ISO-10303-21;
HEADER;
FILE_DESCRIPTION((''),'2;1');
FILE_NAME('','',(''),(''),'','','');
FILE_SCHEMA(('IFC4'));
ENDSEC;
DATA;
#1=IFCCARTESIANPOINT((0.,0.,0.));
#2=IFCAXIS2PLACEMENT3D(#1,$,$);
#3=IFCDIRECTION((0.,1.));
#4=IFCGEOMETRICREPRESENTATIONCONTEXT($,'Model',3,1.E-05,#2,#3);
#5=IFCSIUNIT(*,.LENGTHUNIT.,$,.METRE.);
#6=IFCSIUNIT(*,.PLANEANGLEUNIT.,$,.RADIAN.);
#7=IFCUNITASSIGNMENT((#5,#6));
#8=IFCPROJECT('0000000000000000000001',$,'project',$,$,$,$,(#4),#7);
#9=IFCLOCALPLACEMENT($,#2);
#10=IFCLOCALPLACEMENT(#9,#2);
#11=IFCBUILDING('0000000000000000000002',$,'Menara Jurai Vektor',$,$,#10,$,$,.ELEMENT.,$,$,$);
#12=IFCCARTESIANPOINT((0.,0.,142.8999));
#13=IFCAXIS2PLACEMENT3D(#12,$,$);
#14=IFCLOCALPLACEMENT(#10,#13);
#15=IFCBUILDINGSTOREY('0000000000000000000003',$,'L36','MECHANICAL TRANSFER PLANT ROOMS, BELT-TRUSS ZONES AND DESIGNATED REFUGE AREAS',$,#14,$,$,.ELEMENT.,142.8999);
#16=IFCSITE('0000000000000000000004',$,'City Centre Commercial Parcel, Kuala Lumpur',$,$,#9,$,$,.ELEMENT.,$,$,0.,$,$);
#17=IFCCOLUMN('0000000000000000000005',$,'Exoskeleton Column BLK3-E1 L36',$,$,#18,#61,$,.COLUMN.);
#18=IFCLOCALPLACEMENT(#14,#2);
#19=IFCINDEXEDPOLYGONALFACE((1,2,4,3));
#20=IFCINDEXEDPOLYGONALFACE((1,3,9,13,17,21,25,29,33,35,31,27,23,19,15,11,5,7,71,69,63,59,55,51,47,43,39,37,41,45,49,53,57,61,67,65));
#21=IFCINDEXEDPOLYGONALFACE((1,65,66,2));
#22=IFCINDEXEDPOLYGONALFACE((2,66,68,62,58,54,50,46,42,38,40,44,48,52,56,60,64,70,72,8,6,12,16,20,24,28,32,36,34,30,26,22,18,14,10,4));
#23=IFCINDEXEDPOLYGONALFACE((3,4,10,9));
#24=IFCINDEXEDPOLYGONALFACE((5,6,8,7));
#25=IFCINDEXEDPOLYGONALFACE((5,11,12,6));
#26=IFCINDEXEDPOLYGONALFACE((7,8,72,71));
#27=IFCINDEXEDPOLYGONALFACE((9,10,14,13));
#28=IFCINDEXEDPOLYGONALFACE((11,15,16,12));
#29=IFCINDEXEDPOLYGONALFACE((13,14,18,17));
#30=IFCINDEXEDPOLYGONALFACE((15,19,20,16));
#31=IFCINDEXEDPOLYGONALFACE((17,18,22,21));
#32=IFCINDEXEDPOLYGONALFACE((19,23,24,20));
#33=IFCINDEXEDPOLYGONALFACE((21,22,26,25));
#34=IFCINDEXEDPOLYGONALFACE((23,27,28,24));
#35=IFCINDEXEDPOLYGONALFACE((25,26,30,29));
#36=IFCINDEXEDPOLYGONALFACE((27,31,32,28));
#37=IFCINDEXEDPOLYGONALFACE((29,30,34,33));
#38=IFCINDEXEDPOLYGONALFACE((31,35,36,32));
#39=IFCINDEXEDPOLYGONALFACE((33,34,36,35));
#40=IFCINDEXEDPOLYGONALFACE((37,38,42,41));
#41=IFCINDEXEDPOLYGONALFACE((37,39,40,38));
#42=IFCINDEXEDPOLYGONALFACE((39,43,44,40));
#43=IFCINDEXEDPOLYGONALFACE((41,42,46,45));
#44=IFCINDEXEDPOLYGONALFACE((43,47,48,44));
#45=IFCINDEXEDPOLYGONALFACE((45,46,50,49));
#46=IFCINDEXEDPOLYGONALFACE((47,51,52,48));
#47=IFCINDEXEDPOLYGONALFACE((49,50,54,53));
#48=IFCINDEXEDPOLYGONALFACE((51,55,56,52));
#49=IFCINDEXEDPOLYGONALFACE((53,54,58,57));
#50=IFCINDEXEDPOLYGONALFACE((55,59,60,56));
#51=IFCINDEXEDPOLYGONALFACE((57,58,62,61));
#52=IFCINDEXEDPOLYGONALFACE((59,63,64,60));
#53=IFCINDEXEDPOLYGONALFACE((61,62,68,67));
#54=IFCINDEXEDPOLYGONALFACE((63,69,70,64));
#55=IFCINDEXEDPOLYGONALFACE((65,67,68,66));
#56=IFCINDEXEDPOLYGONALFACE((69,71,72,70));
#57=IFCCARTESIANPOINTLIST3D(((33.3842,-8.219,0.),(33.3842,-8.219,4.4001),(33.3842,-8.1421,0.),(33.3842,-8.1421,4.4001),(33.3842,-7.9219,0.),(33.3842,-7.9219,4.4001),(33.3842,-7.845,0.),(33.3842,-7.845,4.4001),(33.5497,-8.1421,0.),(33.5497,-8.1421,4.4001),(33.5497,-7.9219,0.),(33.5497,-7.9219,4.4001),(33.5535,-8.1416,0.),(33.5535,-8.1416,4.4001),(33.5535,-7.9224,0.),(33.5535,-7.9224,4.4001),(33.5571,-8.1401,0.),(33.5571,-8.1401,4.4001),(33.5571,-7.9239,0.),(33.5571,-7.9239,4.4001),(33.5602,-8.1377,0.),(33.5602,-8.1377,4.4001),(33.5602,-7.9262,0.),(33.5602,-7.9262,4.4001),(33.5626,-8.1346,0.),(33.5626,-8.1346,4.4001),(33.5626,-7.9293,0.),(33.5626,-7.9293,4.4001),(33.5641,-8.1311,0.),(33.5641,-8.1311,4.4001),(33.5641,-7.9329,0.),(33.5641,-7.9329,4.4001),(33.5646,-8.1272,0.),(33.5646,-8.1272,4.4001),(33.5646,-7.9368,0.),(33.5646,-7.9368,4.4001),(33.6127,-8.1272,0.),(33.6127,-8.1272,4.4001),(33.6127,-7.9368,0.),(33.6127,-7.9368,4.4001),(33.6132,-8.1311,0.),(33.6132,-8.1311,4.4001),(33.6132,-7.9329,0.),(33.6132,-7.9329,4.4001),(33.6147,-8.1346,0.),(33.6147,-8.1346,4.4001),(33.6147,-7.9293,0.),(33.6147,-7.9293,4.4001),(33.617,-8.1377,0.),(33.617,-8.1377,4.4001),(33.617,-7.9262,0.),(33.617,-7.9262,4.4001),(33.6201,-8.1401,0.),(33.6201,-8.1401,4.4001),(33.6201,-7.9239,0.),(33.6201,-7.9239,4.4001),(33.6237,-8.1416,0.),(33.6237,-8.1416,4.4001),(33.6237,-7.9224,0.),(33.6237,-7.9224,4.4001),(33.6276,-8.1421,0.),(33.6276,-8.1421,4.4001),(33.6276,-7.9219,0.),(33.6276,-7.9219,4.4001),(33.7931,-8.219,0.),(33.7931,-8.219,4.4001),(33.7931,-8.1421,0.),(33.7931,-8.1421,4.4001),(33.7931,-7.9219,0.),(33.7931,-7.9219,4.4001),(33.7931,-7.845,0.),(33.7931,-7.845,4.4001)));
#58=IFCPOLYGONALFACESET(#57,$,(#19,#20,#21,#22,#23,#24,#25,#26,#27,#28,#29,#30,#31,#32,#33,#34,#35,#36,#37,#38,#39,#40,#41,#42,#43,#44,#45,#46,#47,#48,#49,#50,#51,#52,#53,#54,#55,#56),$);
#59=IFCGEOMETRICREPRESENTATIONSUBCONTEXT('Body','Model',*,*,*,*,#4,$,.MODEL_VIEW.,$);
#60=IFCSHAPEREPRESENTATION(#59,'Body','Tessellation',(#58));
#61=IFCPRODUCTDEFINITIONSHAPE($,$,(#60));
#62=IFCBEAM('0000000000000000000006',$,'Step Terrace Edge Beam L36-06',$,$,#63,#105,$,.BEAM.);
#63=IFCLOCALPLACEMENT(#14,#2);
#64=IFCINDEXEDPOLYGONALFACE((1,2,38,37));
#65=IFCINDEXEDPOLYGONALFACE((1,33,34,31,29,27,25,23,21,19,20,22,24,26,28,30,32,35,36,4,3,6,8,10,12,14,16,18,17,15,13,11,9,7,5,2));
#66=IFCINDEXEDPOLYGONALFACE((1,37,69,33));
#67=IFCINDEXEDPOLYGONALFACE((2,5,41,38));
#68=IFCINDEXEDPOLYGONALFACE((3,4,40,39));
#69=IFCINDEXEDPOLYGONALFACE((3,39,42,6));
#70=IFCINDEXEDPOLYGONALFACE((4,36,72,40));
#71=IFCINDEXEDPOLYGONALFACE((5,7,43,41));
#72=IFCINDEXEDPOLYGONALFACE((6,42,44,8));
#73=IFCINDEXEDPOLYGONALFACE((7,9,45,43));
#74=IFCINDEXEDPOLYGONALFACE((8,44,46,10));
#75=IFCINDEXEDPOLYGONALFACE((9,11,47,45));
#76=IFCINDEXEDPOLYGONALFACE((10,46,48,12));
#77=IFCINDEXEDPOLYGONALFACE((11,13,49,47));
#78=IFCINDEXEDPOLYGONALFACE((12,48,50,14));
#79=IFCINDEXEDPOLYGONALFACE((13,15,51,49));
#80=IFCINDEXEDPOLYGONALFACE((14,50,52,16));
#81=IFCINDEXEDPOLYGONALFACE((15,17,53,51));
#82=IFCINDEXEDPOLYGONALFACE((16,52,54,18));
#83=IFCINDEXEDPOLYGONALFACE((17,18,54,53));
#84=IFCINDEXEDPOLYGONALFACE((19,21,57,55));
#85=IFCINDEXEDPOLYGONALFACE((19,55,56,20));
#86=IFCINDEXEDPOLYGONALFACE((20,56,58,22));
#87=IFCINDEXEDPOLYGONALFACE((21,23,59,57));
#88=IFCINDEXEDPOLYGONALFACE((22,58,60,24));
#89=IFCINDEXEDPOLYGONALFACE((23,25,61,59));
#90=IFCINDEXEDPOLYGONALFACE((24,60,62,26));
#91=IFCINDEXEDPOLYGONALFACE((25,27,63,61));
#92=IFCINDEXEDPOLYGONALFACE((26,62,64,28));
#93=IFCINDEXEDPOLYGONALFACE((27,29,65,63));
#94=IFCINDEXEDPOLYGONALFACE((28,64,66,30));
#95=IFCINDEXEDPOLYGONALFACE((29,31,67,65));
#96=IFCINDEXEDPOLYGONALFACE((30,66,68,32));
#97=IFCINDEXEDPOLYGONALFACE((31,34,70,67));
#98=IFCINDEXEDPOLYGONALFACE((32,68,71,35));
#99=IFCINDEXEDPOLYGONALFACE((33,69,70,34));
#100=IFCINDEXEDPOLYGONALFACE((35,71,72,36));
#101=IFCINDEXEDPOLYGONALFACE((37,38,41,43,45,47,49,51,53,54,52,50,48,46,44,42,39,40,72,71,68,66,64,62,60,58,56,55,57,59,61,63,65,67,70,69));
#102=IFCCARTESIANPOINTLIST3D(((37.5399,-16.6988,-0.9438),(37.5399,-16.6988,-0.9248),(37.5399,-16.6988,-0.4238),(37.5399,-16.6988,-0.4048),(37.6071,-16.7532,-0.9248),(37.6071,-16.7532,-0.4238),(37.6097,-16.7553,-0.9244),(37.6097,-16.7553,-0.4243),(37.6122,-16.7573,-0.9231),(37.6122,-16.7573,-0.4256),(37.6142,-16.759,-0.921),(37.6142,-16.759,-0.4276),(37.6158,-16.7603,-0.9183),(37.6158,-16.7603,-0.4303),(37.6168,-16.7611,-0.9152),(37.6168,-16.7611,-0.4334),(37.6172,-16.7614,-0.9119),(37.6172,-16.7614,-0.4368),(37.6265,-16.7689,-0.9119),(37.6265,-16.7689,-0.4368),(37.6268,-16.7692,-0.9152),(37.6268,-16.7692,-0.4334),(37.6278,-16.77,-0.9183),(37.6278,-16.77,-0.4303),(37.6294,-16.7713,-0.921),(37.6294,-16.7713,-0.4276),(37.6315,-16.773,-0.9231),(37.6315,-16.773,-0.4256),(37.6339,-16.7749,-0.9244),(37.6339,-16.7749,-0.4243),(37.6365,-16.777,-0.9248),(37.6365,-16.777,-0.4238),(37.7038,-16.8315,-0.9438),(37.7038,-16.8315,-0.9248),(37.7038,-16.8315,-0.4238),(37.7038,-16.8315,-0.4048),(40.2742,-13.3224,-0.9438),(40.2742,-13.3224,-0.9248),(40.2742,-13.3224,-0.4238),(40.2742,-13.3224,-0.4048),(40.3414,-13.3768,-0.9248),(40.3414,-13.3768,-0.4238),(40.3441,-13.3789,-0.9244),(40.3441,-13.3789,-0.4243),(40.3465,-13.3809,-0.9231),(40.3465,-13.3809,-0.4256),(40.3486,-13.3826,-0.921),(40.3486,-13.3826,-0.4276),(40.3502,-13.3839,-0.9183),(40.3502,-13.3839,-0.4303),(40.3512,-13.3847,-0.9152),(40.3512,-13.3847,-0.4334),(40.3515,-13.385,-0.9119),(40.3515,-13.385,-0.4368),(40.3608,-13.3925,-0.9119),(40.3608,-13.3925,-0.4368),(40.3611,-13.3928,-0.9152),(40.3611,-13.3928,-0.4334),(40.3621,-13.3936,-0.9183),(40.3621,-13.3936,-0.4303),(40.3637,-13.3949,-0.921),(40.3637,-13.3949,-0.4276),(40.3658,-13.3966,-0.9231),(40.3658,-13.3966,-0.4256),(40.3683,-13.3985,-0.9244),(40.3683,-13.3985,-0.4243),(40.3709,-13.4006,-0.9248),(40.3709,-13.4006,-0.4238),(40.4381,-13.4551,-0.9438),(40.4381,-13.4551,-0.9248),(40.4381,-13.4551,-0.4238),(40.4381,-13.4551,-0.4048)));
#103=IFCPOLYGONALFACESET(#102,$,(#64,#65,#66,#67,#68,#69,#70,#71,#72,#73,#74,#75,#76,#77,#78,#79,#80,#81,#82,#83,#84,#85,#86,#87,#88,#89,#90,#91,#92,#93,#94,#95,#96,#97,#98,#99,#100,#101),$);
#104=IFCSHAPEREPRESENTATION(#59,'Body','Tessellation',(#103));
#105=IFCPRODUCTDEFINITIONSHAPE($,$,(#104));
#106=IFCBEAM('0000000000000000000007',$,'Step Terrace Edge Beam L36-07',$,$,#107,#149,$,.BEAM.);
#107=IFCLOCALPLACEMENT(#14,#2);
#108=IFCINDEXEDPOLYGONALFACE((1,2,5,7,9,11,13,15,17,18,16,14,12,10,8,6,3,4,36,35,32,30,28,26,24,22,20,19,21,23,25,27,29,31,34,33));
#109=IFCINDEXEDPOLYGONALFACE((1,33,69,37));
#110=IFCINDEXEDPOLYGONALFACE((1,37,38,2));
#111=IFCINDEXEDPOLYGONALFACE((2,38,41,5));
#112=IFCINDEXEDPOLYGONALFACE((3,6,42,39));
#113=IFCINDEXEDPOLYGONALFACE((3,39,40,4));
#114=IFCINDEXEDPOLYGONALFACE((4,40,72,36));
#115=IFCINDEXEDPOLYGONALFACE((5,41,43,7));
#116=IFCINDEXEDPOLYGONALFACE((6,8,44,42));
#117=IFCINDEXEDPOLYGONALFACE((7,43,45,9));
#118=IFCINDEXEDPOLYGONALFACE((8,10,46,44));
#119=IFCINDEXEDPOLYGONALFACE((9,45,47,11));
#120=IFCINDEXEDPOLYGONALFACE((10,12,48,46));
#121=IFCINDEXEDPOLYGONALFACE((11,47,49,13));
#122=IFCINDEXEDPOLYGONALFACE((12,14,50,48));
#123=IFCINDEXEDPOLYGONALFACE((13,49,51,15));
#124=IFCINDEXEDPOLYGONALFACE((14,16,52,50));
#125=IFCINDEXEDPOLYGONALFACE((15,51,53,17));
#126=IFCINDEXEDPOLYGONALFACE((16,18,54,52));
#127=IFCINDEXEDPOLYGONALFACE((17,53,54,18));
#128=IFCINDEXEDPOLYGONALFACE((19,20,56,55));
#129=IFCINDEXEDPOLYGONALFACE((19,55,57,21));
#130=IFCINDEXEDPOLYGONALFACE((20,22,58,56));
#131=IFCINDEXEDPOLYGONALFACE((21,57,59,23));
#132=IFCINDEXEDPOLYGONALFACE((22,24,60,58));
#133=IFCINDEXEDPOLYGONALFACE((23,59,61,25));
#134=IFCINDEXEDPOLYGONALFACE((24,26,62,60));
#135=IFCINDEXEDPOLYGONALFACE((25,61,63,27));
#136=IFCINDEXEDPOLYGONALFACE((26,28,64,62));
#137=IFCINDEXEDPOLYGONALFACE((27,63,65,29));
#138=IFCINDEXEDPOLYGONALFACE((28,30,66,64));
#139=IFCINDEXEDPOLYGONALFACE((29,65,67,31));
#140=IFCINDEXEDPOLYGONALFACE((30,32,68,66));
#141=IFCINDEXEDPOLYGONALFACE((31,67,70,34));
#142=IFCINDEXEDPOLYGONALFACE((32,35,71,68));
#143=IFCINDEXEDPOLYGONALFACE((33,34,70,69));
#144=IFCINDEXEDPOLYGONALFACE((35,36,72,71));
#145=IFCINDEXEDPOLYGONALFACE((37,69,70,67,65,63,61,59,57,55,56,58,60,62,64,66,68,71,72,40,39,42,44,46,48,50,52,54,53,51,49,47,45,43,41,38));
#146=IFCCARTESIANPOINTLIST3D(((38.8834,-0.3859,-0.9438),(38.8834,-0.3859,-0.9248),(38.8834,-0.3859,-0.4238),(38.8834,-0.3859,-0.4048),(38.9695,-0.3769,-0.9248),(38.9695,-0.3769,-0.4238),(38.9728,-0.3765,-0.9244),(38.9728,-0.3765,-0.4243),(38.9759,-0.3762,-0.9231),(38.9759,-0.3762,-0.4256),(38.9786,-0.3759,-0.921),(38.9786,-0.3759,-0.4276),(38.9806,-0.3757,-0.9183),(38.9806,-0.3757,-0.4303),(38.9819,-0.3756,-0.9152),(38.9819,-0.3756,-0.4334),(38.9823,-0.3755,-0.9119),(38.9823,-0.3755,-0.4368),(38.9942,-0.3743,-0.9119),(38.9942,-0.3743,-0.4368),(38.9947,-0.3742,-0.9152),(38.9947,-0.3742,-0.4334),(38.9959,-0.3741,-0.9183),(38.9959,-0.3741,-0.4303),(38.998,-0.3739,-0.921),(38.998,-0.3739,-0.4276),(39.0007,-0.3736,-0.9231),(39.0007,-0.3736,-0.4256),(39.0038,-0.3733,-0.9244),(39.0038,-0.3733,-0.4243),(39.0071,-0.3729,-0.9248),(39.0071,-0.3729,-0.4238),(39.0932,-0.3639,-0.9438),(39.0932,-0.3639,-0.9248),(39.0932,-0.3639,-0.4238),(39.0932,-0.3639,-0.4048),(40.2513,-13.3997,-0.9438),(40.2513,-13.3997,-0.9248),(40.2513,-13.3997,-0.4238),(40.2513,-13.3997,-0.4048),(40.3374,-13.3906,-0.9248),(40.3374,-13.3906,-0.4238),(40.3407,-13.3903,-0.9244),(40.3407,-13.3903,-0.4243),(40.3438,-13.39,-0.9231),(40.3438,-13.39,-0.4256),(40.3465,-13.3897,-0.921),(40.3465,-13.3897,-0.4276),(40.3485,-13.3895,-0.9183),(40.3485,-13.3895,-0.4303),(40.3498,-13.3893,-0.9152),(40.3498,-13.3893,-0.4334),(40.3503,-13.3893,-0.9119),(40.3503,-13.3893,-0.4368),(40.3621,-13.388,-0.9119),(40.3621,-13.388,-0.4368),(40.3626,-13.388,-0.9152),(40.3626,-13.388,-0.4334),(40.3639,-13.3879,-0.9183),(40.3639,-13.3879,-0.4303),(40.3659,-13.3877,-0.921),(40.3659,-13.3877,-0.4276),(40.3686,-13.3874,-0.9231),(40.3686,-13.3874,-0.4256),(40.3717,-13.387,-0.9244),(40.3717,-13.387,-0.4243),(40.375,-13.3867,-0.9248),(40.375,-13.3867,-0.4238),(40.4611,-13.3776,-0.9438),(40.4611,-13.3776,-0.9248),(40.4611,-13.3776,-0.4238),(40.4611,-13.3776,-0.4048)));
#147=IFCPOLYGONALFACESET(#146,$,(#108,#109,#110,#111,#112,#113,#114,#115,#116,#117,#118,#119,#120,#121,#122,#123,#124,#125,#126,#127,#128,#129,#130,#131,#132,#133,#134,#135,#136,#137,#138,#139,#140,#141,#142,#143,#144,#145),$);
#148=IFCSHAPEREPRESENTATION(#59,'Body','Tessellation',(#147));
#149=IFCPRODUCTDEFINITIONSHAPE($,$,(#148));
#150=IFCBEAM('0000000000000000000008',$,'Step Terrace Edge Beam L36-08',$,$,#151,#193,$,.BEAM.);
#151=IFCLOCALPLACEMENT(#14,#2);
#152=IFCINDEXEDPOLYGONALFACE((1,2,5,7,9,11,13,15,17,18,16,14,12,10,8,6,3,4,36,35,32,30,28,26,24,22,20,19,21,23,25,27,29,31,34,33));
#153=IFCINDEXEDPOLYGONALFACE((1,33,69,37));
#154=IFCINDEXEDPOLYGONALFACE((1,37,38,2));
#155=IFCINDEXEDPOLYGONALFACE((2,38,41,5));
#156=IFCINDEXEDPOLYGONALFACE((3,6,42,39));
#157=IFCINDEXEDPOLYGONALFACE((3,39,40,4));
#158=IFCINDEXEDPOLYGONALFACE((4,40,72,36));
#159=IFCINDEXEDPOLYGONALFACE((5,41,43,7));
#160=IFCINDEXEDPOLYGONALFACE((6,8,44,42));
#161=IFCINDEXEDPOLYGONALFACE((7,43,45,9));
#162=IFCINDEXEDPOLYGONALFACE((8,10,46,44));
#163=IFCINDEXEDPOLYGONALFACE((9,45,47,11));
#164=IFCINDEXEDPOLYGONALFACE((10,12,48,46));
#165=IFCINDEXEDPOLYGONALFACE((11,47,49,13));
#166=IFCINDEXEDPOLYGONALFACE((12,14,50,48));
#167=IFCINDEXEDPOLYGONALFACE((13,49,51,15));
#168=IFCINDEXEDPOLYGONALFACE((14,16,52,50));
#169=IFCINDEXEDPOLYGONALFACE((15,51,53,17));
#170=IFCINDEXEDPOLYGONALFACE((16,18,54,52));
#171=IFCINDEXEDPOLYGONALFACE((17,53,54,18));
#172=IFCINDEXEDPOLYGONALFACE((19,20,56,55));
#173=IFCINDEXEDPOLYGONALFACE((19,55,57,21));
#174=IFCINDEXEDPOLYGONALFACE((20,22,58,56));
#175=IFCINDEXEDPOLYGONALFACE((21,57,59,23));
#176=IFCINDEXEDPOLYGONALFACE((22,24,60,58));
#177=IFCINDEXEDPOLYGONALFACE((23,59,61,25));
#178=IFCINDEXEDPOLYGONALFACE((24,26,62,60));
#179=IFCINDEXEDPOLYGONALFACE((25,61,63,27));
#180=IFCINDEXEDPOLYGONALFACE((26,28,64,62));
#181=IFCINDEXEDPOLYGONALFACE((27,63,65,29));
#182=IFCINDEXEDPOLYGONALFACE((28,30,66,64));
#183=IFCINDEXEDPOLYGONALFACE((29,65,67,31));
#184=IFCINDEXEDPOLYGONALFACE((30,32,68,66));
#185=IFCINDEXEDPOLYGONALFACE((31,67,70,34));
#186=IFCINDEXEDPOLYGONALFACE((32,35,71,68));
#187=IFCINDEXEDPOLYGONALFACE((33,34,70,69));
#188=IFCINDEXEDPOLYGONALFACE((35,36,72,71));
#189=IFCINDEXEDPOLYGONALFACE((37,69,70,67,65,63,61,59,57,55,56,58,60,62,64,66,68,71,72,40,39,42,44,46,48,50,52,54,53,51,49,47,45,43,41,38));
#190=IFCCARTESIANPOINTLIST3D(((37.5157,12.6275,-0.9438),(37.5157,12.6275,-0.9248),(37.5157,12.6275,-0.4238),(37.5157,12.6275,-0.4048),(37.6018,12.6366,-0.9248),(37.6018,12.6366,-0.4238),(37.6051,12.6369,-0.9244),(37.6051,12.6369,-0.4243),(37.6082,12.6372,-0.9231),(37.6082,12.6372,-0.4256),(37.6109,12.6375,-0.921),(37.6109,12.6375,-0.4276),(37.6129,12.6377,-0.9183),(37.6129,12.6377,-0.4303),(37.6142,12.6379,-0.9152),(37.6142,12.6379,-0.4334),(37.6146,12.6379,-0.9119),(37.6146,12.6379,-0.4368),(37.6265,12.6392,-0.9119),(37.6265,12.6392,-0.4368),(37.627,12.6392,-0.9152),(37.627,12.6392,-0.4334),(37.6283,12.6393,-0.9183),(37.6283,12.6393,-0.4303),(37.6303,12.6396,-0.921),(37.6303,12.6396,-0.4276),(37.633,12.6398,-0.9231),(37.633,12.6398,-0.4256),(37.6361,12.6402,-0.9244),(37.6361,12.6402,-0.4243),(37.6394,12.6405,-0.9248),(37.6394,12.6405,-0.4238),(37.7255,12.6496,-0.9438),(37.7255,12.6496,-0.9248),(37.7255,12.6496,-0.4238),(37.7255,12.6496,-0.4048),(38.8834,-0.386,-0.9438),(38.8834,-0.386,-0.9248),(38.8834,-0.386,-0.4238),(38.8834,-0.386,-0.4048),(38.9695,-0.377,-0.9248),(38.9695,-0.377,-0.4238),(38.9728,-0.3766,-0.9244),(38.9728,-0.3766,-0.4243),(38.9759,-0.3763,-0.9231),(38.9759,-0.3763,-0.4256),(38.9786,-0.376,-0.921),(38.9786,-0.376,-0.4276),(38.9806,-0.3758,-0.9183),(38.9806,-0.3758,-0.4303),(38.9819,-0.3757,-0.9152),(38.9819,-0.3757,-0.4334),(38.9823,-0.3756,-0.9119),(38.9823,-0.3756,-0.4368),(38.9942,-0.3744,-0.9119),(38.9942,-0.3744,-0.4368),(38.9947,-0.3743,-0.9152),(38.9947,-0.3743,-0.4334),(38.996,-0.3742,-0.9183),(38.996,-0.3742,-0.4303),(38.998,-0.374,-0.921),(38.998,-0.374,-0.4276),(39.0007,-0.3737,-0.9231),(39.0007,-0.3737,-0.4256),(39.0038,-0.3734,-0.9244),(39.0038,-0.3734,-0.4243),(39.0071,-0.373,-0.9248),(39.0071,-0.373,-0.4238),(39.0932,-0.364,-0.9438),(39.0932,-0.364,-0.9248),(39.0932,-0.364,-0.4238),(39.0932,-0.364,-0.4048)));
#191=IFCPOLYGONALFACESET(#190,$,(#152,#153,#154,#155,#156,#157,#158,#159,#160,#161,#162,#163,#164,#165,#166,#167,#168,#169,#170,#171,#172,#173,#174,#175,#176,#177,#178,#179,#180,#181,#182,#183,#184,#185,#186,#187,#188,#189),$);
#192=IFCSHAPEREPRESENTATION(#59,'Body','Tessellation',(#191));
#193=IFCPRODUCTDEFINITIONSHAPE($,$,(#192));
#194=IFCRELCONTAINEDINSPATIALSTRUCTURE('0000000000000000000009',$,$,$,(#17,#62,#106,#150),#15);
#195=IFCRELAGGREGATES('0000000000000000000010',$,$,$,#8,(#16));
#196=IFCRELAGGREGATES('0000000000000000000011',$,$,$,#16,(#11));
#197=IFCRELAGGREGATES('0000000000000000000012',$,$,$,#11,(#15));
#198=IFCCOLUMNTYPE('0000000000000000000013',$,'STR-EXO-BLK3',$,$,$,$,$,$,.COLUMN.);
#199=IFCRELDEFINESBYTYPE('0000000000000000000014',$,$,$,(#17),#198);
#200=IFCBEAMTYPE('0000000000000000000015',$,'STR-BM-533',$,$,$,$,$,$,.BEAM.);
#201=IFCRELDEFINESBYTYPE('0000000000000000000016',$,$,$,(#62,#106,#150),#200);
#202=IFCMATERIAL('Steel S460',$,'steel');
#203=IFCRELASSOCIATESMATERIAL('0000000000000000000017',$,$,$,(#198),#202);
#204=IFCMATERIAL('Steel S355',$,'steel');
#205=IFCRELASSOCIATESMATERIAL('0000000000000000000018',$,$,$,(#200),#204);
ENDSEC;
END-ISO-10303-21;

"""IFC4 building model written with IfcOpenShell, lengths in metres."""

from ifc_helpers import new_model, si_unit, direction, frame, origin, origin_2d, place, context, subcontext, project, spatial, i_section, extrude, material, material_profile, profile_set, type_object, element, save


model = new_model("IFC4")

# Units and contexts
model_context = context("Model", 3, precision=1e-05, world=origin(), true_north=direction((0.0, 1.0)))
body_context = subcontext(model_context, "Body", "Model", "MODEL_VIEW")
ifc_project = project(units=[si_unit("LENGTHUNIT", "METRE"), si_unit("PLANEANGLEUNIT", "RADIAN")], contexts=[model_context])

# Site, building, storey
site_placement = place(None, origin())
site = spatial("IfcSite", under=ifc_project, at=site_placement, Name="City Centre Commercial Parcel, Kuala Lumpur", CompositionType="ELEMENT", RefElevation=0.0)
building_placement = place(site_placement, origin())
building = spatial("IfcBuilding", under=site, at=building_placement, Name="Menara Jurai Vektor", CompositionType="ELEMENT")
storey_placement = place(building_placement, frame((0.0, 0.0, 142.8999)))
storey = spatial("IfcBuildingStorey", under=building, at=storey_placement, Name="L36", Description="MECHANICAL TRANSFER PLANT ROOMS, BELT-TRUSS ZONES AND DESIGNATED REFUGE AREAS", CompositionType="ELEMENT", Elevation=142.8999)

# Column
ifc_material_1 = material(Name="Steel S460", Category="steel")
ifc_material_profile_1 = material_profile(ifc_material_1, i_section(OverallWidth=0.4089, OverallDepth=0.374, WebThickness=0.0481, FlangeThickness=0.0769, FilletRadius=0.0149, at=origin_2d()), Name="HD 400x634")
ifc_profile_set_1 = profile_set([ifc_material_profile_1], Name="Steel S460")
column_type = type_object("IfcColumnType", Name="STR-EXO-BLK3", PredefinedType="COLUMN", material=ifc_profile_set_1)
column_placement = place(storey_placement, frame((33.5886, -8.032, 0.0), z_axis=(0.0, 0.0, 1.0), x_axis=(1.0, 0.0, 0.0)))
element("IfcColumn", 1, at=column_placement, inside=storey, type_object=column_type, Name="Exoskeleton Column BLK3-E1 L36", PredefinedType="COLUMN", context=body_context, shape_type="SweptSolid", body=[
    extrude(i_section(OverallWidth=0.4089, OverallDepth=0.374, WebThickness=0.0481, FlangeThickness=0.0769, FilletRadius=0.0149, at=origin_2d()), origin(), (0.0, 0.0, 1.0), 4.4001),
])

# Beams
ifc_material_2 = material(Name="Steel S355", Category="steel")
ifc_material_profile_2 = material_profile(ifc_material_2, i_section(OverallWidth=0.2109, OverallDepth=0.5391, WebThickness=0.012, FlangeThickness=0.019, FilletRadius=0.0129, at=origin_2d()), Name="UKB 533x210x109")
ifc_profile_set_2 = profile_set([ifc_material_profile_2], Name="Steel S355")
beam_type_1 = type_object("IfcBeamType", Name="STR-BM-533", PredefinedType="BEAM", material=ifc_profile_set_2)
beam_1_placement = place(storey_placement, frame((37.6218, -16.7651, -0.6743), z_axis=(0.629344, 0.777127, 0.0), x_axis=(-0.777127, 0.629344, 0.0)))
element("IfcBeam", 2, at=beam_1_placement, inside=storey, type_object=beam_type_1, Name="Step Terrace Edge Beam L36-06", PredefinedType="BEAM", context=body_context, shape_type="SweptSolid", body=[
    extrude(i_section(OverallWidth=0.2109, OverallDepth=0.5391, WebThickness=0.012, FlangeThickness=0.019, FilletRadius=0.0129, at=origin_2d()), origin(), (0.0, 0.0, 1.0), 4.3447),
])
beam_2_placement = place(storey_placement, frame((40.3562, -13.3887, -0.6743), z_axis=(-0.104538, 0.994521, 0.0), x_axis=(-0.994521, -0.104538, 0.0)))
element("IfcBeam", 3, at=beam_2_placement, inside=storey, type_object=beam_type_1, Name="Step Terrace Edge Beam L36-07", PredefinedType="BEAM", context=body_context, shape_type="SweptSolid", body=[
    extrude(i_section(OverallWidth=0.2109, OverallDepth=0.5391, WebThickness=0.012, FlangeThickness=0.019, FilletRadius=0.0129, at=origin_2d()), origin(), (0.0, 0.0, 1.0), 13.0854),
])
beam_3_placement = place(storey_placement, frame((38.9883, -0.375, -0.6743), z_axis=(-0.104522, 0.994523, 0.0), x_axis=(-0.994523, -0.104522, 0.0)))
element("IfcBeam", 4, at=beam_3_placement, inside=storey, type_object=beam_type_1, Name="Step Terrace Edge Beam L36-08", PredefinedType="BEAM", context=body_context, shape_type="SweptSolid", body=[
    extrude(i_section(OverallWidth=0.2109, OverallDepth=0.5391, WebThickness=0.012, FlangeThickness=0.019, FilletRadius=0.0129, at=origin_2d()), origin(), (0.0, 0.0, 1.0), 13.0852),
])

save(model, "model.ifc")
